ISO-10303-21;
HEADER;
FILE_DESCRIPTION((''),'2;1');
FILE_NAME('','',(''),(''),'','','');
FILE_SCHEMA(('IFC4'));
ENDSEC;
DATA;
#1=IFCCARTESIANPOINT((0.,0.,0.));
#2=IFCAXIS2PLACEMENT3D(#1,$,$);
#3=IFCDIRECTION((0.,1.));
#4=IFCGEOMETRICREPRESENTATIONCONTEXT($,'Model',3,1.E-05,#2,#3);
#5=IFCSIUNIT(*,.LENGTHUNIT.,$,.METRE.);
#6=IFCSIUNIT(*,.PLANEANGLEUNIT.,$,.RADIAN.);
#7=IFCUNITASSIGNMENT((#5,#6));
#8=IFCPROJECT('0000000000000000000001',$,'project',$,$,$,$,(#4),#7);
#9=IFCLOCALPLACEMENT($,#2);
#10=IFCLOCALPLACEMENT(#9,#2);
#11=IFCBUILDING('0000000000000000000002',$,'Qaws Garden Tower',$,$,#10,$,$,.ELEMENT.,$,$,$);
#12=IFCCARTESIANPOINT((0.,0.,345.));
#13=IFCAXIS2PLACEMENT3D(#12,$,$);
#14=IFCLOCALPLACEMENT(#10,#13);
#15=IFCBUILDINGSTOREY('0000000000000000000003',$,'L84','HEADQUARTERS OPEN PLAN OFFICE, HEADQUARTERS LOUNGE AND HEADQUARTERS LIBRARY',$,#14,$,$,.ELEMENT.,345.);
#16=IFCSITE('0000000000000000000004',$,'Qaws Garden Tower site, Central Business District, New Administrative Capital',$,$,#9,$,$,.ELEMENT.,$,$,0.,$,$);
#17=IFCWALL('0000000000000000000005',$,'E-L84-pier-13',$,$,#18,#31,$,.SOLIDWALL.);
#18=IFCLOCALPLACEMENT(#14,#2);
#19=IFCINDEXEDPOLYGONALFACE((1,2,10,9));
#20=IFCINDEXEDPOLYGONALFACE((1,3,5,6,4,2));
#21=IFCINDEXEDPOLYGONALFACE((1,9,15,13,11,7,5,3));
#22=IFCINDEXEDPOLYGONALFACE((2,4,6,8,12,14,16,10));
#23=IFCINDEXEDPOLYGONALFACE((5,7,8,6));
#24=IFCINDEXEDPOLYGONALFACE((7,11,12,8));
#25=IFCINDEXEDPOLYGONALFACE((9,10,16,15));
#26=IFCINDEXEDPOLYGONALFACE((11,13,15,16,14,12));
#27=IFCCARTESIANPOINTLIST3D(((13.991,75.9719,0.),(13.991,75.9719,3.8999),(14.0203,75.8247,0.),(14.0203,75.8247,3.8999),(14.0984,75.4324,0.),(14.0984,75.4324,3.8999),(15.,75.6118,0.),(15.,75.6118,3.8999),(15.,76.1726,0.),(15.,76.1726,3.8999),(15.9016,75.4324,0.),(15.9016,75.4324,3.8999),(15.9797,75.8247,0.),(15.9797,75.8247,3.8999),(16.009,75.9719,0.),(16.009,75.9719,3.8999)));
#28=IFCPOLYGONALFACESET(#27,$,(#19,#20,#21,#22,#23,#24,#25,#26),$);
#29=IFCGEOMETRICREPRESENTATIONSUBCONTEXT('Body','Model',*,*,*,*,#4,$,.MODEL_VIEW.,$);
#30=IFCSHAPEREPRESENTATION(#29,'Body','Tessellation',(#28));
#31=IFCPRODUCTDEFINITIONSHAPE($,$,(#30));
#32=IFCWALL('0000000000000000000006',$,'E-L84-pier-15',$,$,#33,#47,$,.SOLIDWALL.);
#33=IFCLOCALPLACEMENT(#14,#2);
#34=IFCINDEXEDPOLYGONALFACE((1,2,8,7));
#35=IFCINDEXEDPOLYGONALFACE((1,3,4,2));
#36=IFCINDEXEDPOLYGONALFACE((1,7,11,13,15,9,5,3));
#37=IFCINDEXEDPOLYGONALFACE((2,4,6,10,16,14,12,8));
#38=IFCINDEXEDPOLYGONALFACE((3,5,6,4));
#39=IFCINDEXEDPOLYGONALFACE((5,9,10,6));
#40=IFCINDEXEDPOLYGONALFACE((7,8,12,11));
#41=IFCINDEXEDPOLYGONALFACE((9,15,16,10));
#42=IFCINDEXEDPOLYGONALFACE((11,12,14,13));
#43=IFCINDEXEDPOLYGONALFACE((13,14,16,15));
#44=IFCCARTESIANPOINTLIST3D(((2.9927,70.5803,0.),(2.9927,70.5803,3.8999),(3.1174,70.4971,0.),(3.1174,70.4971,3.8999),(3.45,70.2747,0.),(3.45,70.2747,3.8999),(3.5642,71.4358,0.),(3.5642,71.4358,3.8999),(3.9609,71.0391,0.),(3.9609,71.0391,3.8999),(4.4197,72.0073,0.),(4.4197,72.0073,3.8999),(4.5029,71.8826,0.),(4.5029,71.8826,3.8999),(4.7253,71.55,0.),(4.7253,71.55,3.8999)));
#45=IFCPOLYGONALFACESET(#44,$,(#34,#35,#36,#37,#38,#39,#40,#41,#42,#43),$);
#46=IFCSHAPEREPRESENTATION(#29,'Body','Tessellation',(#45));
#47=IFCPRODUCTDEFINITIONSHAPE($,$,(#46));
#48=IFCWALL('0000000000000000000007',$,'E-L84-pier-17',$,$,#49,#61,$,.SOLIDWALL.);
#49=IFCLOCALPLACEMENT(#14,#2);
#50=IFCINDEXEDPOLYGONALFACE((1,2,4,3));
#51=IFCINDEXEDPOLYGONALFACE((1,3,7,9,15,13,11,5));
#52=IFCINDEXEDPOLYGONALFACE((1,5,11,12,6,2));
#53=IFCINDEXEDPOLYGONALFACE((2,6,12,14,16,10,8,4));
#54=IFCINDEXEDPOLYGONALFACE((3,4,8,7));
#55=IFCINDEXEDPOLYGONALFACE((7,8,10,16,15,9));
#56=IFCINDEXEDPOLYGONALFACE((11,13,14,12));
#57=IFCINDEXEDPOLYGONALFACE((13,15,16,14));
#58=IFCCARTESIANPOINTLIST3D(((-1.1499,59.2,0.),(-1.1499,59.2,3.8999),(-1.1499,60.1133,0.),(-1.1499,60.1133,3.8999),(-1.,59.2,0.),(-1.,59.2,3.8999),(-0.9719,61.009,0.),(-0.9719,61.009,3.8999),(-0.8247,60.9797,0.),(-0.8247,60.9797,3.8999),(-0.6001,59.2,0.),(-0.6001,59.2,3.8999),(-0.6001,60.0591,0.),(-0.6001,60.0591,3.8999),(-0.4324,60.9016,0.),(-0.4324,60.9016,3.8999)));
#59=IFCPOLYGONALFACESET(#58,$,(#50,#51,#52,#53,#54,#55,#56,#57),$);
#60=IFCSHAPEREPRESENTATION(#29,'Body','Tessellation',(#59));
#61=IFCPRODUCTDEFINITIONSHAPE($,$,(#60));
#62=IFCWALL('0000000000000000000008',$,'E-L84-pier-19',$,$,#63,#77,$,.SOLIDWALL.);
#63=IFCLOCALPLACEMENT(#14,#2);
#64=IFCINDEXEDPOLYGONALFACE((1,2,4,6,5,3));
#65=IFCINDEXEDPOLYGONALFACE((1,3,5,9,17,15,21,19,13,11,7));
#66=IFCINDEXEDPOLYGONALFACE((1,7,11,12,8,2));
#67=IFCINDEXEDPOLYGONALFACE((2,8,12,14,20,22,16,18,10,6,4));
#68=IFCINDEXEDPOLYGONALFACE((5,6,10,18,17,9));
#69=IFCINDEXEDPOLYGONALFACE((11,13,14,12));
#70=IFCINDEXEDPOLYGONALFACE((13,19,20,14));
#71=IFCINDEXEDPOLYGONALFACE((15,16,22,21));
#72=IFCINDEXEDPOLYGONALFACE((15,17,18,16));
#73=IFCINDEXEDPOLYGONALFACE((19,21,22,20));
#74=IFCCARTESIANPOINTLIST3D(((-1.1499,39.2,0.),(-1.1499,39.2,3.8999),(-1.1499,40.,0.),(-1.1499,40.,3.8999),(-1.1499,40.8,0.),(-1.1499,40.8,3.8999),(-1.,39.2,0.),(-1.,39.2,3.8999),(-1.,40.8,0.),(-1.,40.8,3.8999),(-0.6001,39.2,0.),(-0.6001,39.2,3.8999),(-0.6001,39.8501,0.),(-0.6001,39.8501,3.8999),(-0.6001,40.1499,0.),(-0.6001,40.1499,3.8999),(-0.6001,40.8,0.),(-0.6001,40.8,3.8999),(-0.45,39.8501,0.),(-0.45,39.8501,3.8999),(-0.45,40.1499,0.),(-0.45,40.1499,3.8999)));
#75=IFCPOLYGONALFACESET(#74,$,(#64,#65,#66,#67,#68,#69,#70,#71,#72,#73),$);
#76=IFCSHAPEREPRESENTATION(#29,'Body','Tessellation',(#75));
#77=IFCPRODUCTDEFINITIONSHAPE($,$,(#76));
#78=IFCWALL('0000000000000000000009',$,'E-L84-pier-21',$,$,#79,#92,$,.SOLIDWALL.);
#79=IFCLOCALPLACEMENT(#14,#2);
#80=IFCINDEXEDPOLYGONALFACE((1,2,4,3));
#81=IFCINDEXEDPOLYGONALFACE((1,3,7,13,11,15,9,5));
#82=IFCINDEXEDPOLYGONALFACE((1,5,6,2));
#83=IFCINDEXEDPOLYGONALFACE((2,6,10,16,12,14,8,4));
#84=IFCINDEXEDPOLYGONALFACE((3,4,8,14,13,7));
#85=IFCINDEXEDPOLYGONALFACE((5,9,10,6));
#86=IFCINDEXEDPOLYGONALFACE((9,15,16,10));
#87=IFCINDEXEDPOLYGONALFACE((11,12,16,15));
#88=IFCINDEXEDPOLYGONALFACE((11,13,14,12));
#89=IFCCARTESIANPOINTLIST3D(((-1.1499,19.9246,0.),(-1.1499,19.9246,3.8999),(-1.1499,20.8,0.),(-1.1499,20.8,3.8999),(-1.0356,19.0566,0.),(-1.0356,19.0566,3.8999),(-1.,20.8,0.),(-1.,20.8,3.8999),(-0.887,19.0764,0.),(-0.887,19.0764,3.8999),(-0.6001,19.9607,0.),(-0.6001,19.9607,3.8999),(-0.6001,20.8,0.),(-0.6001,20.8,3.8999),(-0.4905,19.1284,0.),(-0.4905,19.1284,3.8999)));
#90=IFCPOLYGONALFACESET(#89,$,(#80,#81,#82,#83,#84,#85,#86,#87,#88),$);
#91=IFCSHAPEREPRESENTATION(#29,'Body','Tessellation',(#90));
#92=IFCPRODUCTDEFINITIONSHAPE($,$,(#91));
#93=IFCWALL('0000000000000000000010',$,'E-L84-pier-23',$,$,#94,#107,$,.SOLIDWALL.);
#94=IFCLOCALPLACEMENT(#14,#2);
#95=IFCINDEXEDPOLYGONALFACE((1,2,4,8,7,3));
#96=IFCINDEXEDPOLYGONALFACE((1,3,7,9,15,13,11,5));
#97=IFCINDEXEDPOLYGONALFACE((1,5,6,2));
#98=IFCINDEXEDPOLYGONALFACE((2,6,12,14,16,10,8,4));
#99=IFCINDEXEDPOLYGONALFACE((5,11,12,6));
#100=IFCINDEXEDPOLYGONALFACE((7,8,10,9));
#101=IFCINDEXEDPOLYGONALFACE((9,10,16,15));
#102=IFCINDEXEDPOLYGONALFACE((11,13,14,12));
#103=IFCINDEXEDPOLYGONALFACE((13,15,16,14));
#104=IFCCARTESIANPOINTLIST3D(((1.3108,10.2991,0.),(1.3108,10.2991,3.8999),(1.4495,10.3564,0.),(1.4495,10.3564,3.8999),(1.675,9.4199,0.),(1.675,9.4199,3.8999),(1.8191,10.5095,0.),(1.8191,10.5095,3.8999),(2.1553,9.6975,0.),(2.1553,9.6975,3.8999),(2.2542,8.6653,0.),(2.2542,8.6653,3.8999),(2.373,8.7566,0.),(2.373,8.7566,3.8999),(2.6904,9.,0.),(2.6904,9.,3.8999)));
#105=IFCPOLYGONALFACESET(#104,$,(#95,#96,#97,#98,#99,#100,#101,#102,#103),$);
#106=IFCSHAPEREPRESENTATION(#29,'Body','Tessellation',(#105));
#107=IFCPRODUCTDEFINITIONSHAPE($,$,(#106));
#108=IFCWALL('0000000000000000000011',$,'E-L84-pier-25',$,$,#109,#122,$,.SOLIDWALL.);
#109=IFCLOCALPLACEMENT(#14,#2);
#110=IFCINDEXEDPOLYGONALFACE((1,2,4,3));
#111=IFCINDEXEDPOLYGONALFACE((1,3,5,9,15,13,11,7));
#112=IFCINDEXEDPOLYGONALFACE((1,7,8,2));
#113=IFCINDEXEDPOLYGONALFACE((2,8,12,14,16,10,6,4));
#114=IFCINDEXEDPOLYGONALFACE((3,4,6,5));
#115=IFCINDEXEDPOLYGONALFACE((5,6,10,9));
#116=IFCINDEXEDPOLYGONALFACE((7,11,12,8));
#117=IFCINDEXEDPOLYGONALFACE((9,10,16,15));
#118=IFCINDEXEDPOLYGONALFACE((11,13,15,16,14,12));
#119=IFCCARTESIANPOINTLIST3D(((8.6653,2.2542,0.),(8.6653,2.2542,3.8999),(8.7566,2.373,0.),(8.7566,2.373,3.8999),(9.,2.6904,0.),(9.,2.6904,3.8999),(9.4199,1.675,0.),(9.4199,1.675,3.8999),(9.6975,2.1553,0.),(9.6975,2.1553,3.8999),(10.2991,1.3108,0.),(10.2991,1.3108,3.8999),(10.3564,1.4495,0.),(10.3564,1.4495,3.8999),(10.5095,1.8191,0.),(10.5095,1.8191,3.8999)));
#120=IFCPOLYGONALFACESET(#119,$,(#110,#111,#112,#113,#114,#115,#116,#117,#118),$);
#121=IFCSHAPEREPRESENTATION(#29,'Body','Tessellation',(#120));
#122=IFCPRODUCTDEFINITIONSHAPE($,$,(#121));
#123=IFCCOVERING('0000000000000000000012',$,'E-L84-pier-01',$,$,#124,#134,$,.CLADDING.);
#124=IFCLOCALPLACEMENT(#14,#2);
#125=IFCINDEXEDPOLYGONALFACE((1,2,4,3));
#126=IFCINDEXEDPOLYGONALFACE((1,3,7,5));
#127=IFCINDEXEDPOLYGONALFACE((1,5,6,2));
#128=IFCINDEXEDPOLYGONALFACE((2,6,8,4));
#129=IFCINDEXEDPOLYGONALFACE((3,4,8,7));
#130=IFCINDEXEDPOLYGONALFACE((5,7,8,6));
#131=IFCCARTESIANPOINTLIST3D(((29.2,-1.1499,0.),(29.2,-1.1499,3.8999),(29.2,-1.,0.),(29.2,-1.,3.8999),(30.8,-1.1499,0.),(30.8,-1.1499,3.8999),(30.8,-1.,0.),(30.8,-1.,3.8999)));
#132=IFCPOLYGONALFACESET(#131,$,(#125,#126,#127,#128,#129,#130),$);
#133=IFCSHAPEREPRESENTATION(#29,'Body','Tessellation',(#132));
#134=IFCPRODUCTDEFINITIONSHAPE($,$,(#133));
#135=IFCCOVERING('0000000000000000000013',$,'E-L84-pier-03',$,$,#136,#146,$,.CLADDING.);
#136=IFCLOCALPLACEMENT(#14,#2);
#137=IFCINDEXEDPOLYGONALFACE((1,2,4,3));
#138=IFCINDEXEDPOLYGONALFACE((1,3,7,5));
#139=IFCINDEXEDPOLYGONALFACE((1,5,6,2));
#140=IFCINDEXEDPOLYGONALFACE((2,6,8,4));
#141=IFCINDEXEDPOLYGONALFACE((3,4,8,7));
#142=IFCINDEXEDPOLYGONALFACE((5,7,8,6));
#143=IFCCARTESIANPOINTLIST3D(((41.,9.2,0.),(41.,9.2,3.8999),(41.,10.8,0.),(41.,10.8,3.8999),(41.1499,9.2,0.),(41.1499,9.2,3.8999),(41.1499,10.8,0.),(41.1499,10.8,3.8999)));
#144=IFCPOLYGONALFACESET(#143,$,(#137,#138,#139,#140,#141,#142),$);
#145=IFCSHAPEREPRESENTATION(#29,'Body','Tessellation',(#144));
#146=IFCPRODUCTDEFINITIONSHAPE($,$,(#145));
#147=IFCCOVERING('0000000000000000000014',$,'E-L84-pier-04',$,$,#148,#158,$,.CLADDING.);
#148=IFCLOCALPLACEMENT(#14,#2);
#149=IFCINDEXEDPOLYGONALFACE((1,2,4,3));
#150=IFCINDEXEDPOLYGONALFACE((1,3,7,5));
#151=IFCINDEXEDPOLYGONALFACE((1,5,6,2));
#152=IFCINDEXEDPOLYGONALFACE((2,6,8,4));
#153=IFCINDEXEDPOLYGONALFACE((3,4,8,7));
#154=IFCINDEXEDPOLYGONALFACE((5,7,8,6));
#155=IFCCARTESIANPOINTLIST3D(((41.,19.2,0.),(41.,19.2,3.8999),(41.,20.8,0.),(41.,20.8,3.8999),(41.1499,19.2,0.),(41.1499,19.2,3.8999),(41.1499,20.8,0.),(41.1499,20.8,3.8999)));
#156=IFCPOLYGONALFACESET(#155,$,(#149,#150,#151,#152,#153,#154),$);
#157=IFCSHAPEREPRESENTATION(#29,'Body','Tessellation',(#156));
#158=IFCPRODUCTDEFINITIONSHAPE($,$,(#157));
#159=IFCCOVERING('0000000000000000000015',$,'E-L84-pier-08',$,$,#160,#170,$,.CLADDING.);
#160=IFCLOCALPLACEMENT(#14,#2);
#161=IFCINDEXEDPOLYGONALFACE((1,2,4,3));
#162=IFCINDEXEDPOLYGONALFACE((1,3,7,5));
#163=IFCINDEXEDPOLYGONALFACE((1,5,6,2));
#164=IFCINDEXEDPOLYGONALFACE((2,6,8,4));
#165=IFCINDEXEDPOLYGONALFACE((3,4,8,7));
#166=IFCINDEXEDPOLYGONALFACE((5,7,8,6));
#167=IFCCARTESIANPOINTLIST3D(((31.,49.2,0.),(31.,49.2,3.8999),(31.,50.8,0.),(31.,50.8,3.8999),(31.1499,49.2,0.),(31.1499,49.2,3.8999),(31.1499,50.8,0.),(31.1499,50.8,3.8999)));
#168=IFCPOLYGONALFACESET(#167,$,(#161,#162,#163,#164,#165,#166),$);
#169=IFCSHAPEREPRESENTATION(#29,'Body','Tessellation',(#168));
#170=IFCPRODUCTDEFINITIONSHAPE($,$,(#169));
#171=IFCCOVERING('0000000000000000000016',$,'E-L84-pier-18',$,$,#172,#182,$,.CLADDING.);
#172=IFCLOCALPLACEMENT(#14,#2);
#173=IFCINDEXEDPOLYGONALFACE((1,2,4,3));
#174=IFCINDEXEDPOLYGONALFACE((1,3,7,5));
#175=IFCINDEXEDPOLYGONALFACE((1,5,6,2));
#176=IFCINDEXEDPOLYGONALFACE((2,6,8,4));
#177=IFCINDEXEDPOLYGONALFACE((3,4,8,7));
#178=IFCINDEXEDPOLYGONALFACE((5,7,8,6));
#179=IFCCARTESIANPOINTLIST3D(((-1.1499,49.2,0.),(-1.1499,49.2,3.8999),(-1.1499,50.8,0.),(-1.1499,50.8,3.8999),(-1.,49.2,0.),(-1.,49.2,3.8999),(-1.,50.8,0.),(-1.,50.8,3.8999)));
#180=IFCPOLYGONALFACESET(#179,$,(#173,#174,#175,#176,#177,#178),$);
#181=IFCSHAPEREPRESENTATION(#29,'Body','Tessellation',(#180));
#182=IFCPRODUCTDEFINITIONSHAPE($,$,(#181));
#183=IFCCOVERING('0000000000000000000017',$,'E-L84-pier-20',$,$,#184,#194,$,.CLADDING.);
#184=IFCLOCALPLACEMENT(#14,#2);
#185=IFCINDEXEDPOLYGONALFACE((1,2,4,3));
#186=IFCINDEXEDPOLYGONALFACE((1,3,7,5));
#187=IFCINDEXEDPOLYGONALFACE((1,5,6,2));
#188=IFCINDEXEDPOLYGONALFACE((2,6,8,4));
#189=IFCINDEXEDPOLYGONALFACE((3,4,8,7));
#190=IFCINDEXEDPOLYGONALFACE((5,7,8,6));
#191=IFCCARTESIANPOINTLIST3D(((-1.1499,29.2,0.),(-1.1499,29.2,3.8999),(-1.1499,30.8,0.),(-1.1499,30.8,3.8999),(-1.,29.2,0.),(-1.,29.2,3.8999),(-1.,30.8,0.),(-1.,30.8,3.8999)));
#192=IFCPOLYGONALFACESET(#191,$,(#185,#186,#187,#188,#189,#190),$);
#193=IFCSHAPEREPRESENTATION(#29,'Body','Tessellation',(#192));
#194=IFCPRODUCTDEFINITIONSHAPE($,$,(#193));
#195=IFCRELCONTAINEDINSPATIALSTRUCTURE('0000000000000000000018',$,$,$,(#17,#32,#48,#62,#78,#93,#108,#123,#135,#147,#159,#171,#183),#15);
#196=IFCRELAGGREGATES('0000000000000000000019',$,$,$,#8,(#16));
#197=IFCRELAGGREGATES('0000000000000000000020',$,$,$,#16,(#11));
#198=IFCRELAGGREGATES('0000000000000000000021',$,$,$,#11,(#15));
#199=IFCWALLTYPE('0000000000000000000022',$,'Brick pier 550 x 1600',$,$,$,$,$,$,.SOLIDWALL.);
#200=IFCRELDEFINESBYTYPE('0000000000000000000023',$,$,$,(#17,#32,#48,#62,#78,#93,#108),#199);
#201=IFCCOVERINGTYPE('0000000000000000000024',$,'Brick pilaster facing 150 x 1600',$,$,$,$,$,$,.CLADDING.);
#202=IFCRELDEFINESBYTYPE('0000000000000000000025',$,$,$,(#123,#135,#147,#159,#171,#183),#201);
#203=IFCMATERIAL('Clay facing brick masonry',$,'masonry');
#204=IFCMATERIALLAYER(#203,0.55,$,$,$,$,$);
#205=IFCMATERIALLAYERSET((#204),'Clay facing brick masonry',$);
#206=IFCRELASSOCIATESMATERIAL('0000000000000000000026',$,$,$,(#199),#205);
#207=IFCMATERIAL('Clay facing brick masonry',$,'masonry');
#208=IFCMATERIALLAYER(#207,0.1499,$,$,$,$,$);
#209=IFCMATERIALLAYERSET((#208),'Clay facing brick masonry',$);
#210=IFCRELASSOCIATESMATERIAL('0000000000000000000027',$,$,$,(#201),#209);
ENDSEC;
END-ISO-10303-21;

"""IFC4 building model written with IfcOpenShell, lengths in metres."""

from ifc_helpers import new_model, si_unit, direction, frame, origin, place, context, subcontext, project, spatial, polyline, outline, extrude, material, layer, layer_set, type_object, element, save


model = new_model("IFC4")

# Units and contexts
model_context = context("Model", 3, precision=1e-05, world=origin(), true_north=direction((0.0, 1.0)))
body_context = subcontext(model_context, "Body", "Model", "MODEL_VIEW")
ifc_project = project(units=[si_unit("LENGTHUNIT", "METRE"), si_unit("PLANEANGLEUNIT", "RADIAN")], contexts=[model_context])

# Site, building, storey
site_placement = place(None, origin())
site = spatial("IfcSite", under=ifc_project, at=site_placement, Name="Qaws Garden Tower site, Central Business District, New Administrative Capital", CompositionType="ELEMENT", RefElevation=0.0)
building_placement = place(site_placement, origin())
building = spatial("IfcBuilding", under=site, at=building_placement, Name="Qaws Garden Tower", CompositionType="ELEMENT")
storey_placement = place(building_placement, frame((0.0, 0.0, 345.0)))
storey = spatial("IfcBuildingStorey", under=building, at=storey_placement, Name="L84", Description="HEADQUARTERS OPEN PLAN OFFICE, HEADQUARTERS LOUNGE AND HEADQUARTERS LIBRARY", CompositionType="ELEMENT", Elevation=345.0)

# Walls
placement = place(storey_placement, origin())
ifc_material_1 = material(Name="Clay facing brick masonry", Category="masonry")
ifc_layer_1 = layer(ifc_material_1, 0.55)
ifc_layer_set_1 = layer_set([ifc_layer_1], Name="Clay facing brick masonry")
wall_type_1 = type_object("IfcWallType", Name="Brick pier 550 x 1600", PredefinedType="SOLIDWALL", material=ifc_layer_set_1)
element("IfcWall", 1, at=placement, inside=storey, type_object=wall_type_1, Name="E-L84-pier-13", PredefinedType="SOLIDWALL", context=body_context, shape_type="SweptSolid", body=[
    extrude(outline(polyline([(15.9797, 75.8247), (16.009, 75.9719), (15.0, 76.1726), (13.991, 75.9719), (14.0203, 75.8247), (14.0984, 75.4324), (15.0, 75.6118), (15.9016, 75.4324), (15.9797, 75.8247)])), origin(), (0.0, 0.0, 1.0), 3.8999),
])
element("IfcWall", 2, at=placement, inside=storey, type_object=wall_type_1, Name="E-L84-pier-15", PredefinedType="SOLIDWALL", context=body_context, shape_type="SweptSolid", body=[
    extrude(outline(polyline([(4.5029, 71.8826), (4.4197, 72.0073), (3.5642, 71.4358), (2.9927, 70.5803), (3.1174, 70.4971), (3.45, 70.2747), (3.9609, 71.0391), (4.7253, 71.55), (4.5029, 71.8826)])), origin(), (0.0, 0.0, 1.0), 3.8999),
])
element("IfcWall", 3, at=placement, inside=storey, type_object=wall_type_1, Name="E-L84-pier-17", PredefinedType="SOLIDWALL", context=body_context, shape_type="SweptSolid", body=[
    extrude(outline(polyline([(-0.8247, 60.9797), (-0.9719, 61.009), (-1.1499, 60.1133), (-1.1499, 59.2), (-1.0, 59.2), (-0.6001, 59.2), (-0.6001, 60.0591), (-0.4324, 60.9016), (-0.8247, 60.9797)])), origin(), (0.0, 0.0, 1.0), 3.8999),
])
element("IfcWall", 4, at=placement, inside=storey, type_object=wall_type_1, Name="E-L84-pier-19", PredefinedType="SOLIDWALL", context=body_context, shape_type="SweptSolid", body=[
    extrude(outline(polyline([(-0.6001, 39.2), (-0.6001, 39.8501), (-0.45, 39.8501), (-0.45, 40.1499), (-0.6001, 40.1499), (-0.6001, 40.8), (-1.0, 40.8), (-1.1499, 40.8), (-1.1499, 40.0), (-1.1499, 39.2), (-1.0, 39.2), (-0.6001, 39.2)])), origin(), (0.0, 0.0, 1.0), 3.8999),
])
element("IfcWall", 5, at=placement, inside=storey, type_object=wall_type_1, Name="E-L84-pier-21", PredefinedType="SOLIDWALL", context=body_context, shape_type="SweptSolid", body=[
    extrude(outline(polyline([(-1.0, 20.8), (-1.1499, 20.8), (-1.1499, 19.9246), (-1.0356, 19.0566), (-0.887, 19.0764), (-0.4905, 19.1284), (-0.6001, 19.9607), (-0.6001, 20.8), (-1.0, 20.8)])), origin(), (0.0, 0.0, 1.0), 3.8999),
])
element("IfcWall", 6, at=placement, inside=storey, type_object=wall_type_1, Name="E-L84-pier-23", PredefinedType="SOLIDWALL", context=body_context, shape_type="SweptSolid", body=[
    extrude(outline(polyline([(1.4495, 10.3564), (1.3108, 10.2991), (1.675, 9.4199), (2.2542, 8.6653), (2.373, 8.7566), (2.6904, 9.0), (2.1553, 9.6975), (1.8191, 10.5095), (1.4495, 10.3564)])), origin(), (0.0, 0.0, 1.0), 3.8999),
])
element("IfcWall", 7, at=placement, inside=storey, type_object=wall_type_1, Name="E-L84-pier-25", PredefinedType="SOLIDWALL", context=body_context, shape_type="SweptSolid", body=[
    extrude(outline(polyline([(8.7566, 2.373), (8.6653, 2.2542), (9.4199, 1.675), (10.2991, 1.3108), (10.3564, 1.4495), (10.5095, 1.8191), (9.6975, 2.1553), (9.0, 2.6904), (8.7566, 2.373)])), origin(), (0.0, 0.0, 1.0), 3.8999),
])

# Coverings
ifc_material_2 = material(Name="Clay facing brick masonry", Category="masonry")
ifc_layer_2 = layer(ifc_material_2, 0.1499)
ifc_layer_set_2 = layer_set([ifc_layer_2], Name="Clay facing brick masonry")
covering_type = type_object("IfcCoveringType", Name="Brick pilaster facing 150 x 1600", PredefinedType="CLADDING", material=ifc_layer_set_2)
element("IfcCovering", 8, at=placement, inside=storey, type_object=covering_type, Name="E-L84-pier-01", PredefinedType="CLADDING", context=body_context, shape_type="SweptSolid", body=[
    extrude(outline(polyline([(29.2, -1.0), (30.8, -1.0), (30.8, -1.1499), (29.2, -1.1499), (29.2, -1.0)])), origin(), (0.0, 0.0, 1.0), 3.8999),
])
element("IfcCovering", 9, at=placement, inside=storey, type_object=covering_type, Name="E-L84-pier-03", PredefinedType="CLADDING", context=body_context, shape_type="SweptSolid", body=[
    extrude(outline(polyline([(41.0, 9.2), (41.0, 10.8), (41.1499, 10.8), (41.1499, 9.2), (41.0, 9.2)])), origin(), (0.0, 0.0, 1.0), 3.8999),
])
element("IfcCovering", 10, at=placement, inside=storey, type_object=covering_type, Name="E-L84-pier-04", PredefinedType="CLADDING", context=body_context, shape_type="SweptSolid", body=[
    extrude(outline(polyline([(41.0, 19.2), (41.0, 20.8), (41.1499, 20.8), (41.1499, 19.2), (41.0, 19.2)])), origin(), (0.0, 0.0, 1.0), 3.8999),
])
element("IfcCovering", 11, at=placement, inside=storey, type_object=covering_type, Name="E-L84-pier-08", PredefinedType="CLADDING", context=body_context, shape_type="SweptSolid", body=[
    extrude(outline(polyline([(31.0, 49.2), (31.0, 50.8), (31.1499, 50.8), (31.1499, 49.2), (31.0, 49.2)])), origin(), (0.0, 0.0, 1.0), 3.8999),
])
element("IfcCovering", 12, at=placement, inside=storey, type_object=covering_type, Name="E-L84-pier-18", PredefinedType="CLADDING", context=body_context, shape_type="SweptSolid", body=[
    extrude(outline(polyline([(-1.0, 50.8), (-1.0, 49.2), (-1.1499, 49.2), (-1.1499, 50.8), (-1.0, 50.8)])), origin(), (0.0, 0.0, 1.0), 3.8999),
])
element("IfcCovering", 13, at=placement, inside=storey, type_object=covering_type, Name="E-L84-pier-20", PredefinedType="CLADDING", context=body_context, shape_type="SweptSolid", body=[
    extrude(outline(polyline([(-1.0, 30.8), (-1.0, 29.2), (-1.1499, 29.2), (-1.1499, 30.8), (-1.0, 30.8)])), origin(), (0.0, 0.0, 1.0), 3.8999),
])

save(model, "model.ifc")
